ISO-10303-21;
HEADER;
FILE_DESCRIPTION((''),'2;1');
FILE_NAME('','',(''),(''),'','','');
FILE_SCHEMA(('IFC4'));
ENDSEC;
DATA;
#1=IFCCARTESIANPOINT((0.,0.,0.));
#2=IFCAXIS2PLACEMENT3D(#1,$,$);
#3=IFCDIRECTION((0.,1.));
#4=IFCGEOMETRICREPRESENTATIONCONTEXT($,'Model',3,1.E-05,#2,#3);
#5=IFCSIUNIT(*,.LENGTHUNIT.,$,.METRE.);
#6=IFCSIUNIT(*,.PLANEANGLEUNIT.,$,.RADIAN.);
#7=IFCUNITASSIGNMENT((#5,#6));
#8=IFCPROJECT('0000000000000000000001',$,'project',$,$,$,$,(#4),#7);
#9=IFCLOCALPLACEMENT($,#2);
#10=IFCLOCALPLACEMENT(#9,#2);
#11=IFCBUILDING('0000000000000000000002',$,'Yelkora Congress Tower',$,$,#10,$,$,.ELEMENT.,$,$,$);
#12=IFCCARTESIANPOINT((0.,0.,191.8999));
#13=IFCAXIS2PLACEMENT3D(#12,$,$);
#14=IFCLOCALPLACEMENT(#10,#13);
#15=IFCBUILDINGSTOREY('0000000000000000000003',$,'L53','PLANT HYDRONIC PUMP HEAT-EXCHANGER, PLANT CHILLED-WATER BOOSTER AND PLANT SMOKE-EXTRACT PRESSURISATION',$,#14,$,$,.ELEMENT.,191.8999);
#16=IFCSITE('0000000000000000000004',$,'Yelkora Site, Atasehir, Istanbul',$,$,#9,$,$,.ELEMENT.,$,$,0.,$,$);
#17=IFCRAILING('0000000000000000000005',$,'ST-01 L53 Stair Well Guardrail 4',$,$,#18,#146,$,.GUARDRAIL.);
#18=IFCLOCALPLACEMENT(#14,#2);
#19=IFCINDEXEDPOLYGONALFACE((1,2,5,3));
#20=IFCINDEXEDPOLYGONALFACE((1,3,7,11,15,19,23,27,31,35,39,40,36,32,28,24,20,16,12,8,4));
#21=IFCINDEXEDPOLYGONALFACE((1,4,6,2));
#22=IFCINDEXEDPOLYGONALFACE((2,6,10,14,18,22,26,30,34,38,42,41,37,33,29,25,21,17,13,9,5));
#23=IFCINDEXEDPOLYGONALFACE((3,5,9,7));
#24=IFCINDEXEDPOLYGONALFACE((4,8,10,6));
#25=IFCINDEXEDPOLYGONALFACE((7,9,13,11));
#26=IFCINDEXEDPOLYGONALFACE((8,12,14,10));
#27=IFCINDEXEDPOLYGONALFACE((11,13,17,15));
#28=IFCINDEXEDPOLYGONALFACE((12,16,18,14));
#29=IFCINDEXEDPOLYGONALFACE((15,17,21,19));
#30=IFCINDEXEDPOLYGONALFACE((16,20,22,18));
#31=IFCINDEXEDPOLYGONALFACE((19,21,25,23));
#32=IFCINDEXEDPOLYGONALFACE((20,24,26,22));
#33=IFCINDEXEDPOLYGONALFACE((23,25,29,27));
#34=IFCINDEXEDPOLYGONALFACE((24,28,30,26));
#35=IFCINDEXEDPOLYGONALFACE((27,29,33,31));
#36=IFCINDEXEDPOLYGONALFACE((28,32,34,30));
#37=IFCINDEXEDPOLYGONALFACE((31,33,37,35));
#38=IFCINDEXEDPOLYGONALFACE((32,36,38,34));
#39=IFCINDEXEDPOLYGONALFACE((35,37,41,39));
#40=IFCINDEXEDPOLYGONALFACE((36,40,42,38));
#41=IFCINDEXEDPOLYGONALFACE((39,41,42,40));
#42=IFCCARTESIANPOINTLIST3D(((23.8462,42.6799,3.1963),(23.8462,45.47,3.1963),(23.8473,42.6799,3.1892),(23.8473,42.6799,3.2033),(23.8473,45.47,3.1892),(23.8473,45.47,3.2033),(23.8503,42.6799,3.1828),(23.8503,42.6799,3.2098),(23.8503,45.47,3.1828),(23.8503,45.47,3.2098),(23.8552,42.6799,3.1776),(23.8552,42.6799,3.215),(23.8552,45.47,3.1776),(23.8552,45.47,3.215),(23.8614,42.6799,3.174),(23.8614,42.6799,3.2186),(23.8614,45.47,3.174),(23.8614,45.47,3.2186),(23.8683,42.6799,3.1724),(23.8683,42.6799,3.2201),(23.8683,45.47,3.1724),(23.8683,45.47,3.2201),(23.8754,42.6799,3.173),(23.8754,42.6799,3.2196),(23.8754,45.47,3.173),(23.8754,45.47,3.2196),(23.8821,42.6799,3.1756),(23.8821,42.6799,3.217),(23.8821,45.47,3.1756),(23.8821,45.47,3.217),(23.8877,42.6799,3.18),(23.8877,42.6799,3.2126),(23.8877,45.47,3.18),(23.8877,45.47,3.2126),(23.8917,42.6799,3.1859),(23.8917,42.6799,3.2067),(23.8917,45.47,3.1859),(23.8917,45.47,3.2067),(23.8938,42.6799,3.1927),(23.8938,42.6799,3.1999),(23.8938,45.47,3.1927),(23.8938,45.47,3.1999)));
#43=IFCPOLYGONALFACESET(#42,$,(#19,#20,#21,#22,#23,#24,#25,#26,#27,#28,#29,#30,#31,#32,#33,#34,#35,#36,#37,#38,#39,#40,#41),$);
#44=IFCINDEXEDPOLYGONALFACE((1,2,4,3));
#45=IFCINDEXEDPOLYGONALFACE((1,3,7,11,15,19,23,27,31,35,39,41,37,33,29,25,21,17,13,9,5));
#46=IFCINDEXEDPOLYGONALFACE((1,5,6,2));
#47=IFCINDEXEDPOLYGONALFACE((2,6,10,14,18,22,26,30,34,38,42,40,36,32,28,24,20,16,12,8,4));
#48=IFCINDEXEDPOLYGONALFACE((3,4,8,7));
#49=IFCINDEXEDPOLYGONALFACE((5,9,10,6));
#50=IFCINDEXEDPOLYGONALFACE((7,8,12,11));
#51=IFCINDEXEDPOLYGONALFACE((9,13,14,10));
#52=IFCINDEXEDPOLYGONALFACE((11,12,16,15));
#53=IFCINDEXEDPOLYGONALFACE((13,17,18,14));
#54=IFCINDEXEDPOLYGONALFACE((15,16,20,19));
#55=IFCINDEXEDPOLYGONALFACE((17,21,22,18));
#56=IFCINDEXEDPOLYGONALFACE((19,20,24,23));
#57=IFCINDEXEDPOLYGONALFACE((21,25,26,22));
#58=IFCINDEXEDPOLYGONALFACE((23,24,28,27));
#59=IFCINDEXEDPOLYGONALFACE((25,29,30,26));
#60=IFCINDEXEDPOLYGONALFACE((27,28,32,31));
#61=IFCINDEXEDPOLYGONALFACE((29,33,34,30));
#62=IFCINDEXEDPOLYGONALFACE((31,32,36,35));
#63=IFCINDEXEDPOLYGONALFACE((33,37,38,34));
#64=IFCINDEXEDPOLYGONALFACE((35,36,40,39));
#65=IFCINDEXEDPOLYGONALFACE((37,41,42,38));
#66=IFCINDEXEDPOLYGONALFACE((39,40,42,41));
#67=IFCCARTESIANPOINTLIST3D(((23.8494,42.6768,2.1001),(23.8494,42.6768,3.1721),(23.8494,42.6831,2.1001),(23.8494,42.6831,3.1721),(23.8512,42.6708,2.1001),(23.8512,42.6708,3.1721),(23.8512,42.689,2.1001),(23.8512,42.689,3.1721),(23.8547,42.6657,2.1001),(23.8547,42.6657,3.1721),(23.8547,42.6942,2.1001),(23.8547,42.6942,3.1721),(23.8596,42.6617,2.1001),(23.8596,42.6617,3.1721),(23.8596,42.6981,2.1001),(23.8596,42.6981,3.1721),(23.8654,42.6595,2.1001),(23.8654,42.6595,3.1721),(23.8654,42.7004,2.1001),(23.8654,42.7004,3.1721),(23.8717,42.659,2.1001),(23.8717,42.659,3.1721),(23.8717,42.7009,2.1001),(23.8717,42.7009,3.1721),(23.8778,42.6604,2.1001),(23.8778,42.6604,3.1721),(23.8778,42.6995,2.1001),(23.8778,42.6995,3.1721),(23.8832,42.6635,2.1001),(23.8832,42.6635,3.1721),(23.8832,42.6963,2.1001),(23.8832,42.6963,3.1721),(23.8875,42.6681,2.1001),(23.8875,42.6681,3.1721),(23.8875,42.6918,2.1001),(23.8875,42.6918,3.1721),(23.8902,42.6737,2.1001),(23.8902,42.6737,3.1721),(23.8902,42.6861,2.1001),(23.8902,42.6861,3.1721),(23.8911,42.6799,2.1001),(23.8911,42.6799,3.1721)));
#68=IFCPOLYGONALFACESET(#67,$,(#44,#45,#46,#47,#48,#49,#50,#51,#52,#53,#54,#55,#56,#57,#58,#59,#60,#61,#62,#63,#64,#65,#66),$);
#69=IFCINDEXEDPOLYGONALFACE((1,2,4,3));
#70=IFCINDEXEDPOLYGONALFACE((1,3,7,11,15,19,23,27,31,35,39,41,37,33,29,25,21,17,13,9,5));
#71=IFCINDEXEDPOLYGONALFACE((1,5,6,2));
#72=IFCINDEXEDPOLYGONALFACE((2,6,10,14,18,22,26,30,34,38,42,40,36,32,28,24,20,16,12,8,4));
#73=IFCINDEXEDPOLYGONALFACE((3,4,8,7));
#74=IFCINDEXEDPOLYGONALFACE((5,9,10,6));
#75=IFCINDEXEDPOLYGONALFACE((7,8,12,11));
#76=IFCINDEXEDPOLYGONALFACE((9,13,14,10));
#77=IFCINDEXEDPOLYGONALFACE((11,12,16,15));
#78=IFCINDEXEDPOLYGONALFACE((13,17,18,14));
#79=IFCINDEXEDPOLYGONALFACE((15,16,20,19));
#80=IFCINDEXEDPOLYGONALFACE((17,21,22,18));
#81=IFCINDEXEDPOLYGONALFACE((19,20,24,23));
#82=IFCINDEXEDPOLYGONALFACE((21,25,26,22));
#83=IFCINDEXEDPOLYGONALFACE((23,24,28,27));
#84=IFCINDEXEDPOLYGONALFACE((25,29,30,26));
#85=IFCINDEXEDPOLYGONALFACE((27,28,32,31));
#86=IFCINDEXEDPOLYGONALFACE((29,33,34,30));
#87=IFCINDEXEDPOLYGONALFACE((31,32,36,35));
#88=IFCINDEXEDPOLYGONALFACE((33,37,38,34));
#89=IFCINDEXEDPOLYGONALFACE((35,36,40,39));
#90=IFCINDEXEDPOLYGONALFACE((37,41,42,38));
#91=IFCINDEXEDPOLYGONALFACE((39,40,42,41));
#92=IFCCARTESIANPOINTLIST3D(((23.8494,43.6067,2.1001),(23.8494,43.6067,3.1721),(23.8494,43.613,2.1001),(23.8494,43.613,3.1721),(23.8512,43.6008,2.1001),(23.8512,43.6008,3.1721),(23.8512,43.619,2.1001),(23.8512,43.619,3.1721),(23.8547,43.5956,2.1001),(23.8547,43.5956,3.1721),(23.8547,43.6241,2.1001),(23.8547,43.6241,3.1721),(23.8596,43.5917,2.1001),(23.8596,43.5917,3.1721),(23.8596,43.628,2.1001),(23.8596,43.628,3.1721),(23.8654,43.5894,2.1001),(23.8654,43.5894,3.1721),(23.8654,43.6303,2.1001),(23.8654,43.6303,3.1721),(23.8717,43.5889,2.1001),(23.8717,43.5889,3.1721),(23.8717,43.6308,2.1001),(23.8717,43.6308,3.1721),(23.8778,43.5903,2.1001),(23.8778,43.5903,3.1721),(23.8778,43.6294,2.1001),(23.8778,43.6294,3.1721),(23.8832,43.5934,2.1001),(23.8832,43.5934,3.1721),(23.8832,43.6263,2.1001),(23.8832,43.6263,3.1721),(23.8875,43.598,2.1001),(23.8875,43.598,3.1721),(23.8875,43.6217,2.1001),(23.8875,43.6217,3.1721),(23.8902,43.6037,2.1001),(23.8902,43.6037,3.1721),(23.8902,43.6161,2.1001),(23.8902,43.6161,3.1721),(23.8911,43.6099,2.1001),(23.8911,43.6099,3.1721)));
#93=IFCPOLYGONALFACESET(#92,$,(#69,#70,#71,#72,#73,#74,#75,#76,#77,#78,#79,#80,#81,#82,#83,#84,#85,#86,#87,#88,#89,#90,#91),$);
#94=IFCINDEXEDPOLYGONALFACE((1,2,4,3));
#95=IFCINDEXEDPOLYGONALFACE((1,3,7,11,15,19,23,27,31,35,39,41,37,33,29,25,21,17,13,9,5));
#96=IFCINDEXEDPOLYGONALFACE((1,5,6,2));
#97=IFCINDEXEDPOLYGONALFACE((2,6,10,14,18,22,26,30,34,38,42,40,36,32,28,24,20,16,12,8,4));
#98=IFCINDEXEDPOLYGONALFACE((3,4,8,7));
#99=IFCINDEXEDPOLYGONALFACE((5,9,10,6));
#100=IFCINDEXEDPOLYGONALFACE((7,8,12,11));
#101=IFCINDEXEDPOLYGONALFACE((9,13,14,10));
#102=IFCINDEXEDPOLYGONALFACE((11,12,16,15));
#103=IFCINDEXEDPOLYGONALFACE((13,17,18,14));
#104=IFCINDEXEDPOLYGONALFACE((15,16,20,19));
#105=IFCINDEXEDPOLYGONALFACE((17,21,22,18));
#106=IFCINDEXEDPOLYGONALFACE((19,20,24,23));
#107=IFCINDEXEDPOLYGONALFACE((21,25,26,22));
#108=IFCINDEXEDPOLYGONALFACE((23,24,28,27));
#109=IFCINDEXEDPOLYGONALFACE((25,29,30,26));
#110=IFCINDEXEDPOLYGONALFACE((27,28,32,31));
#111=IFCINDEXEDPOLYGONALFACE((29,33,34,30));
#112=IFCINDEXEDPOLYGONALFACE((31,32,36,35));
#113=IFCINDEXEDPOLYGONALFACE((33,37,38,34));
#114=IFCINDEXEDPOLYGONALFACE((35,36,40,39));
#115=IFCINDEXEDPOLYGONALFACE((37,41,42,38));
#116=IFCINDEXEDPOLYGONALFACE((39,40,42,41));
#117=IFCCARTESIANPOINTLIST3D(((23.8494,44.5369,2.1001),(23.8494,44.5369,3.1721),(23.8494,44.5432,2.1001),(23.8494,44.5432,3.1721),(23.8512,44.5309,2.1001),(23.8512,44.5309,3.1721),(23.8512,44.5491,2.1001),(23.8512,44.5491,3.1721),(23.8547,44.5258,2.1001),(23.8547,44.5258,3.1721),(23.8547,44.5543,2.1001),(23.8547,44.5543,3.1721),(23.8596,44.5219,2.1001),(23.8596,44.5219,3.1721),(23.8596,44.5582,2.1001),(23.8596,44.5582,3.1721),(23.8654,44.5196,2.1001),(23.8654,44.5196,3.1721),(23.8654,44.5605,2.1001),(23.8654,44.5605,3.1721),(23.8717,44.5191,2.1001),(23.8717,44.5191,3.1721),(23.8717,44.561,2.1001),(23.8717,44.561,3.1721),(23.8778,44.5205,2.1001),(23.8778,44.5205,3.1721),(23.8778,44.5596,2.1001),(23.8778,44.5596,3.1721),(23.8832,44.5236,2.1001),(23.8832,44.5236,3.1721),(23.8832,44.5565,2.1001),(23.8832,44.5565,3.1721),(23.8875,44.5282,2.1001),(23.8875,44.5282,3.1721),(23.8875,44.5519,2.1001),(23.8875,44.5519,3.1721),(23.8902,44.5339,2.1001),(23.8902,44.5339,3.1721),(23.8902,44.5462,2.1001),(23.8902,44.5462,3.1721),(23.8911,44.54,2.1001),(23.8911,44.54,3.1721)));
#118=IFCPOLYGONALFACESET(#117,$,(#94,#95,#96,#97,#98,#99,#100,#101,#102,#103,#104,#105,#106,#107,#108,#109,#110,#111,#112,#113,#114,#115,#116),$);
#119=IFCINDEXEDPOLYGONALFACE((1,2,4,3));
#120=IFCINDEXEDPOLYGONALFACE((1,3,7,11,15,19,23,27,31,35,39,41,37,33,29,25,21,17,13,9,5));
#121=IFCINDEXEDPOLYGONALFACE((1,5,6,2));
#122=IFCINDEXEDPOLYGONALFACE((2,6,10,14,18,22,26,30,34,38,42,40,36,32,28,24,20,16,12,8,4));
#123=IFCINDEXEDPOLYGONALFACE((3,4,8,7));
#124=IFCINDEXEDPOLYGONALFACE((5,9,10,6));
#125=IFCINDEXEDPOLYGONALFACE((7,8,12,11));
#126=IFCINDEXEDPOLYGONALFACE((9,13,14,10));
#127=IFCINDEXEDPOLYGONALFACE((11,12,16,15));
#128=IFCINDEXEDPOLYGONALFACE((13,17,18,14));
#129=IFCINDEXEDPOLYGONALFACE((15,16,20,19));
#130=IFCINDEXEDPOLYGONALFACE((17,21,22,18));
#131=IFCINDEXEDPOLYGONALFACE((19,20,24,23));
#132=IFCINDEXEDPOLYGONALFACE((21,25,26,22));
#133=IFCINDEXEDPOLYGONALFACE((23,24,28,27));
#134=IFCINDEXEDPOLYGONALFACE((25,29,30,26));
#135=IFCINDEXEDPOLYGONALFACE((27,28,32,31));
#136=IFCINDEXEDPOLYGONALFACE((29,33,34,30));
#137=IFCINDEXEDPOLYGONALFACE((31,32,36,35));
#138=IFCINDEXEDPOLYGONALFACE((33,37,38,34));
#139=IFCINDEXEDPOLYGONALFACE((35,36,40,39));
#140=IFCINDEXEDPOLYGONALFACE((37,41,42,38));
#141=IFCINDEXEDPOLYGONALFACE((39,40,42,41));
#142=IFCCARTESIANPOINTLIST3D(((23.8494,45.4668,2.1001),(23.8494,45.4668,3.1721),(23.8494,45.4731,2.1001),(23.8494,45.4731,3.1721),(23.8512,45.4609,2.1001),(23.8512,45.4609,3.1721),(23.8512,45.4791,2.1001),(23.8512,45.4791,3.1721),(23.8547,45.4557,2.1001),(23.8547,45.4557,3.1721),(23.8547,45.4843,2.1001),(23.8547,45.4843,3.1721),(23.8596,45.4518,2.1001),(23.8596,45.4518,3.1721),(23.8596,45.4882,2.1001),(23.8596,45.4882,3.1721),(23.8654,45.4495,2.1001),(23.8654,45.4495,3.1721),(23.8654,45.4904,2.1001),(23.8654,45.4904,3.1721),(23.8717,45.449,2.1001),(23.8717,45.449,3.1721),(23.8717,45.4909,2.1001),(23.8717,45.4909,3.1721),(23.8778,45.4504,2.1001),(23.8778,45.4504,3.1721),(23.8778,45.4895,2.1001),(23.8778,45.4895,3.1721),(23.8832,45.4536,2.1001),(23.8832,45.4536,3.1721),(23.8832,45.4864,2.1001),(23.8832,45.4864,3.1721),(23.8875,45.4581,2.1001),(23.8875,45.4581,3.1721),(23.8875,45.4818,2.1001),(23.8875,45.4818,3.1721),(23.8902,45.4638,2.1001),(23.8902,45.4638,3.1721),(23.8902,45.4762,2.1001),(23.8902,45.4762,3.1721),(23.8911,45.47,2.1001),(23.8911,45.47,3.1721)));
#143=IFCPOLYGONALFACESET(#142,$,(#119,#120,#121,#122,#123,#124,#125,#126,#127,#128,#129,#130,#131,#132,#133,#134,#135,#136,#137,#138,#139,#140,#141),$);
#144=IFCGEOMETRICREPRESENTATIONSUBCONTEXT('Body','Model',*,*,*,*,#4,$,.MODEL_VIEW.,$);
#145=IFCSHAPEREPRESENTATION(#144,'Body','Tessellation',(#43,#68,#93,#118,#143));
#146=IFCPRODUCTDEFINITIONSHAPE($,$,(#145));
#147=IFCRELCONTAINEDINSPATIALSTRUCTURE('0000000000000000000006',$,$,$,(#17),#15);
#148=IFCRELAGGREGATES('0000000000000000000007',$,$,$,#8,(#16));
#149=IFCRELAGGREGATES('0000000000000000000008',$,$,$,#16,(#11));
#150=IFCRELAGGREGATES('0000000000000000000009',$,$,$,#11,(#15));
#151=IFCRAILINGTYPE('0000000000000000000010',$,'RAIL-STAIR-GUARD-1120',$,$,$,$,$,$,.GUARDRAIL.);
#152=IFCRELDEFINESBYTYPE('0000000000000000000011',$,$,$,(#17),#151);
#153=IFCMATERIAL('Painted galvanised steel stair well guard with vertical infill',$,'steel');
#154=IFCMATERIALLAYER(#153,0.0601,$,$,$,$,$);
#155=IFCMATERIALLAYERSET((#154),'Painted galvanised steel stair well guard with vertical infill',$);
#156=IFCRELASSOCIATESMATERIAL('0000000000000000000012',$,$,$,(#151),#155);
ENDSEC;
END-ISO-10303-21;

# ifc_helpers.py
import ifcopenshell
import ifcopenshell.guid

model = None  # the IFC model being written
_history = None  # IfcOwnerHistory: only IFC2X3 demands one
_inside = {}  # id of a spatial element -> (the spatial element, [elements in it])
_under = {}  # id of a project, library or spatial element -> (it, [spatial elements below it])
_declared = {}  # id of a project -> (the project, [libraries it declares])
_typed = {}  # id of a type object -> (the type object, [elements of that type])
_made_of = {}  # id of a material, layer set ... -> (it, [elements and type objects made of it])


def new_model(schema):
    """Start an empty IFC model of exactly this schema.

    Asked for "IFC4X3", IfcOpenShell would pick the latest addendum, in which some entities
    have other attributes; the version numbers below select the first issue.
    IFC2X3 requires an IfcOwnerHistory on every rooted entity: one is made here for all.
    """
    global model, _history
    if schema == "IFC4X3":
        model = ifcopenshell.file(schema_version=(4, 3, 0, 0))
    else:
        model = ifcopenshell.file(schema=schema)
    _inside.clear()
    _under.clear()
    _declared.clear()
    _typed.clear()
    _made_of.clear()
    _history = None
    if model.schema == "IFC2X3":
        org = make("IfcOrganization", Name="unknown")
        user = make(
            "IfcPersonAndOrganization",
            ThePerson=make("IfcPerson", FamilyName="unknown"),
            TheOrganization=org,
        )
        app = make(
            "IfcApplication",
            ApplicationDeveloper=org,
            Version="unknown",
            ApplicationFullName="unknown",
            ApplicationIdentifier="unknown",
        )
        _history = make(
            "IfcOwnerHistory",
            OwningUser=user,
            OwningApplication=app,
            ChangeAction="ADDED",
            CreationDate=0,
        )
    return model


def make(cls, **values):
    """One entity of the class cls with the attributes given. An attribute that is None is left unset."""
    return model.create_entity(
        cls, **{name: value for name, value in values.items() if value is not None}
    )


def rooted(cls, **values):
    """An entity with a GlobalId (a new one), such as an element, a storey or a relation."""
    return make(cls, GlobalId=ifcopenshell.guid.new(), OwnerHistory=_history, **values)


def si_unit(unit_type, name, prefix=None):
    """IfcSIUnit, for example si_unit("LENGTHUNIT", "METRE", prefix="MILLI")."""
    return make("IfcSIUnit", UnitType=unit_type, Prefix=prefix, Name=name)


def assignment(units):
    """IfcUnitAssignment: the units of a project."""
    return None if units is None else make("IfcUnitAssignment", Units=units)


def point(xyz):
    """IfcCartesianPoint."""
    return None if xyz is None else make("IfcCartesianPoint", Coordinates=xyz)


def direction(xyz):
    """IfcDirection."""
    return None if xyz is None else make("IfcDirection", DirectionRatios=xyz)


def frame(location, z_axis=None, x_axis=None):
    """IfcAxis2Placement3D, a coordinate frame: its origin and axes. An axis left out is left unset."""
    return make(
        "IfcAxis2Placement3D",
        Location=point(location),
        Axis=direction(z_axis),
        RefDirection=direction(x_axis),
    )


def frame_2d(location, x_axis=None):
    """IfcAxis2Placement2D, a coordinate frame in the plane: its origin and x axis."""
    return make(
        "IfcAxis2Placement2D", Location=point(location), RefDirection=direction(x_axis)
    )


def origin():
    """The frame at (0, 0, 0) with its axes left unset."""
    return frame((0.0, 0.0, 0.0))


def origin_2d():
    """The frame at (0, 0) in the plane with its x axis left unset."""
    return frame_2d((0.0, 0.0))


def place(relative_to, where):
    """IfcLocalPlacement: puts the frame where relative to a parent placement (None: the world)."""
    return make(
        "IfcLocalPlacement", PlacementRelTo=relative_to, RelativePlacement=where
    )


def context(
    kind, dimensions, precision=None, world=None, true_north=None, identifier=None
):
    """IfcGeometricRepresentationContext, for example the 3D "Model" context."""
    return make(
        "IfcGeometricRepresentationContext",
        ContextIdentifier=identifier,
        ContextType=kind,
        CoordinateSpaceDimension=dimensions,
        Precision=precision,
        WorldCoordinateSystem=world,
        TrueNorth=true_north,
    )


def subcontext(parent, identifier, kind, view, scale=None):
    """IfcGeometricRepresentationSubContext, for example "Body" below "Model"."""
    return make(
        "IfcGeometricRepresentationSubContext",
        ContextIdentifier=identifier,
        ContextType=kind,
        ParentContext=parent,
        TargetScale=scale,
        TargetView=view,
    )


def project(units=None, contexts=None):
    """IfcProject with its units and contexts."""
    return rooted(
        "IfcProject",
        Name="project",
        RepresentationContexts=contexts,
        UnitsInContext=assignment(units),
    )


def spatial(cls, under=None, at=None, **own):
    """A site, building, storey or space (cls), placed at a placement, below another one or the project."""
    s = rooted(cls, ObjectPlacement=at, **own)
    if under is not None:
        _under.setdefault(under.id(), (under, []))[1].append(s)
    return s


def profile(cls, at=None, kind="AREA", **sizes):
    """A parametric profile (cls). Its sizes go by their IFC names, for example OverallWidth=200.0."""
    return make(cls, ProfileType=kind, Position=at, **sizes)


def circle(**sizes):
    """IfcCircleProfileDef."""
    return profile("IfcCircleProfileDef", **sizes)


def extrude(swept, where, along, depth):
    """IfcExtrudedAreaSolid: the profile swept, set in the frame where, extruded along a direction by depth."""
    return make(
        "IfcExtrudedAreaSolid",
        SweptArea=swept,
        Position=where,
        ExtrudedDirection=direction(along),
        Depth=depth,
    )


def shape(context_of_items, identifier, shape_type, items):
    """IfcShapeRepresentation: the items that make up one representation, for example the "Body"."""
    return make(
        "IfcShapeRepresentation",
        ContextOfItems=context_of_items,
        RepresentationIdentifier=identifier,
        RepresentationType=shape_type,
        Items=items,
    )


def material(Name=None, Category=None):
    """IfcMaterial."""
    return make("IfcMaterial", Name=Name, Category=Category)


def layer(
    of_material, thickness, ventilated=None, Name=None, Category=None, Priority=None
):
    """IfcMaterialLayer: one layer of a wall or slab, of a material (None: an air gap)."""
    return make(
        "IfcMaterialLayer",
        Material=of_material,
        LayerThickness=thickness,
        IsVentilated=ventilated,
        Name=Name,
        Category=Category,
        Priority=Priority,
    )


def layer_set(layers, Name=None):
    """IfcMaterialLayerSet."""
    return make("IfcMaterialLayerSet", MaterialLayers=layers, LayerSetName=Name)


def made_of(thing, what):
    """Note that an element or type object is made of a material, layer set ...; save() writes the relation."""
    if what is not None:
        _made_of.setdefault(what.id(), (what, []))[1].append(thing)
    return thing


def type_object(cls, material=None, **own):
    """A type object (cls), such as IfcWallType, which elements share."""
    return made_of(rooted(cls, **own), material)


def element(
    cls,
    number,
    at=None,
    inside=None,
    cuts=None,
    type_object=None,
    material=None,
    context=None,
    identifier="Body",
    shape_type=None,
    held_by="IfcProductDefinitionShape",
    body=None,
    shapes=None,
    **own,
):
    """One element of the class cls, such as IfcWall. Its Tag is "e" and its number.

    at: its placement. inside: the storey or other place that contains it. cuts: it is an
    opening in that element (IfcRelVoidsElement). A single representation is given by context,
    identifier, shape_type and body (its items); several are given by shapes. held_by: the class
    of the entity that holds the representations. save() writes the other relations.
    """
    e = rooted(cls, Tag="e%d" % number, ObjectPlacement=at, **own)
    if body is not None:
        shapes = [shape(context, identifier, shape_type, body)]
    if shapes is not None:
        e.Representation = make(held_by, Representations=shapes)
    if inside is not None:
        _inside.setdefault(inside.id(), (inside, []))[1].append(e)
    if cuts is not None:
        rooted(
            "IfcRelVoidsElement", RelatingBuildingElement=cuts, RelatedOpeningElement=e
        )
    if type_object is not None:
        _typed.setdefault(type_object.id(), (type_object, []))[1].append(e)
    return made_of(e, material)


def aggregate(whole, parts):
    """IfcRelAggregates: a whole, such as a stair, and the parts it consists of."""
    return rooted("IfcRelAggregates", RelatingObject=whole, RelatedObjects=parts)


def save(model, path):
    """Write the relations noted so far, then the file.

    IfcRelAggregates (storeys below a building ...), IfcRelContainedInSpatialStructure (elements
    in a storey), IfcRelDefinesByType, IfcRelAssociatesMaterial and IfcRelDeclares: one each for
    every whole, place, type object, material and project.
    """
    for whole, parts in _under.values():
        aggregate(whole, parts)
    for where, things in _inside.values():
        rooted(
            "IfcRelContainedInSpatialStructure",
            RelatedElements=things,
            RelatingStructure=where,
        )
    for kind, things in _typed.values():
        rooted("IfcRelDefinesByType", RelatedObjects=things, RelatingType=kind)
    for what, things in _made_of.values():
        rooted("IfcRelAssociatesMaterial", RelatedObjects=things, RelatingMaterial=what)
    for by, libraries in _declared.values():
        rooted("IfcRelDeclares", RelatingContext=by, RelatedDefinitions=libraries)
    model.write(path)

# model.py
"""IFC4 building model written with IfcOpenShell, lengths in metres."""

from ifc_helpers import new_model, si_unit, direction, frame, origin, origin_2d, place, context, subcontext, project, spatial, circle, extrude, material, layer, layer_set, type_object, element, save


model = new_model("IFC4")

# Units and contexts
model_context = context("Model", 3, precision=1e-05, world=origin(), true_north=direction((0.0, 1.0)))
body_context = subcontext(model_context, "Body", "Model", "MODEL_VIEW")
ifc_project = project(units=[si_unit("LENGTHUNIT", "METRE"), si_unit("PLANEANGLEUNIT", "RADIAN")], contexts=[model_context])

# Site, building, storey
site_placement = place(None, origin())
site = spatial("IfcSite", under=ifc_project, at=site_placement, Name="Yelkora Site, Atasehir, Istanbul", CompositionType="ELEMENT", RefElevation=0.0)
building_placement = place(site_placement, origin())
building = spatial("IfcBuilding", under=site, at=building_placement, Name="Yelkora Congress Tower", CompositionType="ELEMENT")
storey_placement = place(building_placement, frame((0.0, 0.0, 191.8999)))
storey = spatial("IfcBuildingStorey", under=building, at=storey_placement, Name="L53", Description="PLANT HYDRONIC PUMP HEAT-EXCHANGER, PLANT CHILLED-WATER BOOSTER AND PLANT SMOKE-EXTRACT PRESSURISATION", CompositionType="ELEMENT", Elevation=191.8999)

# Railing
ifc_material_1 = material(Name="Painted galvanised steel stair well guard with vertical infill", Category="steel")
ifc_layer_1 = layer(ifc_material_1, 0.0601)
ifc_layer_set_1 = layer_set([ifc_layer_1], Name="Painted galvanised steel stair well guard with vertical infill")
railing_type_1 = type_object("IfcRailingType", Name="RAIL-STAIR-GUARD-1120", PredefinedType="GUARDRAIL", material=ifc_layer_set_1)
railing_1_placement = place(storey_placement, frame((23.8701, 42.6799, 2.1001)))
element("IfcRailing", 1, at=railing_1_placement, inside=storey, type_object=railing_type_1, Name="ST-01 L53 Stair Well Guardrail 4", PredefinedType="GUARDRAIL", context=body_context, shape_type="SweptSolid", body=[
    extrude(circle(Radius=0.0239, at=origin_2d()), frame((0.0, 0.0, 1.0962), z_axis=(0.0, 1.0, 0.0), x_axis=(-1.0, 0.0, 0.0)), (0.0, 0.0, 1.0), 2.79),
    extrude(circle(Radius=0.021, at=origin_2d()), origin(), (0.0, 0.0, 1.0), 1.072),
    extrude(circle(Radius=0.021, at=origin_2d()), frame((0.0, 0.9299, 0.0)), (0.0, 0.0, 1.0), 1.072),
    extrude(circle(Radius=0.021, at=origin_2d()), frame((0.0, 1.8601, 0.0)), (0.0, 0.0, 1.0), 1.072),
    extrude(circle(Radius=0.021, at=origin_2d()), frame((0.0, 2.79, 0.0)), (0.0, 0.0, 1.0), 1.072),
])

save(model, "model.ifc")
